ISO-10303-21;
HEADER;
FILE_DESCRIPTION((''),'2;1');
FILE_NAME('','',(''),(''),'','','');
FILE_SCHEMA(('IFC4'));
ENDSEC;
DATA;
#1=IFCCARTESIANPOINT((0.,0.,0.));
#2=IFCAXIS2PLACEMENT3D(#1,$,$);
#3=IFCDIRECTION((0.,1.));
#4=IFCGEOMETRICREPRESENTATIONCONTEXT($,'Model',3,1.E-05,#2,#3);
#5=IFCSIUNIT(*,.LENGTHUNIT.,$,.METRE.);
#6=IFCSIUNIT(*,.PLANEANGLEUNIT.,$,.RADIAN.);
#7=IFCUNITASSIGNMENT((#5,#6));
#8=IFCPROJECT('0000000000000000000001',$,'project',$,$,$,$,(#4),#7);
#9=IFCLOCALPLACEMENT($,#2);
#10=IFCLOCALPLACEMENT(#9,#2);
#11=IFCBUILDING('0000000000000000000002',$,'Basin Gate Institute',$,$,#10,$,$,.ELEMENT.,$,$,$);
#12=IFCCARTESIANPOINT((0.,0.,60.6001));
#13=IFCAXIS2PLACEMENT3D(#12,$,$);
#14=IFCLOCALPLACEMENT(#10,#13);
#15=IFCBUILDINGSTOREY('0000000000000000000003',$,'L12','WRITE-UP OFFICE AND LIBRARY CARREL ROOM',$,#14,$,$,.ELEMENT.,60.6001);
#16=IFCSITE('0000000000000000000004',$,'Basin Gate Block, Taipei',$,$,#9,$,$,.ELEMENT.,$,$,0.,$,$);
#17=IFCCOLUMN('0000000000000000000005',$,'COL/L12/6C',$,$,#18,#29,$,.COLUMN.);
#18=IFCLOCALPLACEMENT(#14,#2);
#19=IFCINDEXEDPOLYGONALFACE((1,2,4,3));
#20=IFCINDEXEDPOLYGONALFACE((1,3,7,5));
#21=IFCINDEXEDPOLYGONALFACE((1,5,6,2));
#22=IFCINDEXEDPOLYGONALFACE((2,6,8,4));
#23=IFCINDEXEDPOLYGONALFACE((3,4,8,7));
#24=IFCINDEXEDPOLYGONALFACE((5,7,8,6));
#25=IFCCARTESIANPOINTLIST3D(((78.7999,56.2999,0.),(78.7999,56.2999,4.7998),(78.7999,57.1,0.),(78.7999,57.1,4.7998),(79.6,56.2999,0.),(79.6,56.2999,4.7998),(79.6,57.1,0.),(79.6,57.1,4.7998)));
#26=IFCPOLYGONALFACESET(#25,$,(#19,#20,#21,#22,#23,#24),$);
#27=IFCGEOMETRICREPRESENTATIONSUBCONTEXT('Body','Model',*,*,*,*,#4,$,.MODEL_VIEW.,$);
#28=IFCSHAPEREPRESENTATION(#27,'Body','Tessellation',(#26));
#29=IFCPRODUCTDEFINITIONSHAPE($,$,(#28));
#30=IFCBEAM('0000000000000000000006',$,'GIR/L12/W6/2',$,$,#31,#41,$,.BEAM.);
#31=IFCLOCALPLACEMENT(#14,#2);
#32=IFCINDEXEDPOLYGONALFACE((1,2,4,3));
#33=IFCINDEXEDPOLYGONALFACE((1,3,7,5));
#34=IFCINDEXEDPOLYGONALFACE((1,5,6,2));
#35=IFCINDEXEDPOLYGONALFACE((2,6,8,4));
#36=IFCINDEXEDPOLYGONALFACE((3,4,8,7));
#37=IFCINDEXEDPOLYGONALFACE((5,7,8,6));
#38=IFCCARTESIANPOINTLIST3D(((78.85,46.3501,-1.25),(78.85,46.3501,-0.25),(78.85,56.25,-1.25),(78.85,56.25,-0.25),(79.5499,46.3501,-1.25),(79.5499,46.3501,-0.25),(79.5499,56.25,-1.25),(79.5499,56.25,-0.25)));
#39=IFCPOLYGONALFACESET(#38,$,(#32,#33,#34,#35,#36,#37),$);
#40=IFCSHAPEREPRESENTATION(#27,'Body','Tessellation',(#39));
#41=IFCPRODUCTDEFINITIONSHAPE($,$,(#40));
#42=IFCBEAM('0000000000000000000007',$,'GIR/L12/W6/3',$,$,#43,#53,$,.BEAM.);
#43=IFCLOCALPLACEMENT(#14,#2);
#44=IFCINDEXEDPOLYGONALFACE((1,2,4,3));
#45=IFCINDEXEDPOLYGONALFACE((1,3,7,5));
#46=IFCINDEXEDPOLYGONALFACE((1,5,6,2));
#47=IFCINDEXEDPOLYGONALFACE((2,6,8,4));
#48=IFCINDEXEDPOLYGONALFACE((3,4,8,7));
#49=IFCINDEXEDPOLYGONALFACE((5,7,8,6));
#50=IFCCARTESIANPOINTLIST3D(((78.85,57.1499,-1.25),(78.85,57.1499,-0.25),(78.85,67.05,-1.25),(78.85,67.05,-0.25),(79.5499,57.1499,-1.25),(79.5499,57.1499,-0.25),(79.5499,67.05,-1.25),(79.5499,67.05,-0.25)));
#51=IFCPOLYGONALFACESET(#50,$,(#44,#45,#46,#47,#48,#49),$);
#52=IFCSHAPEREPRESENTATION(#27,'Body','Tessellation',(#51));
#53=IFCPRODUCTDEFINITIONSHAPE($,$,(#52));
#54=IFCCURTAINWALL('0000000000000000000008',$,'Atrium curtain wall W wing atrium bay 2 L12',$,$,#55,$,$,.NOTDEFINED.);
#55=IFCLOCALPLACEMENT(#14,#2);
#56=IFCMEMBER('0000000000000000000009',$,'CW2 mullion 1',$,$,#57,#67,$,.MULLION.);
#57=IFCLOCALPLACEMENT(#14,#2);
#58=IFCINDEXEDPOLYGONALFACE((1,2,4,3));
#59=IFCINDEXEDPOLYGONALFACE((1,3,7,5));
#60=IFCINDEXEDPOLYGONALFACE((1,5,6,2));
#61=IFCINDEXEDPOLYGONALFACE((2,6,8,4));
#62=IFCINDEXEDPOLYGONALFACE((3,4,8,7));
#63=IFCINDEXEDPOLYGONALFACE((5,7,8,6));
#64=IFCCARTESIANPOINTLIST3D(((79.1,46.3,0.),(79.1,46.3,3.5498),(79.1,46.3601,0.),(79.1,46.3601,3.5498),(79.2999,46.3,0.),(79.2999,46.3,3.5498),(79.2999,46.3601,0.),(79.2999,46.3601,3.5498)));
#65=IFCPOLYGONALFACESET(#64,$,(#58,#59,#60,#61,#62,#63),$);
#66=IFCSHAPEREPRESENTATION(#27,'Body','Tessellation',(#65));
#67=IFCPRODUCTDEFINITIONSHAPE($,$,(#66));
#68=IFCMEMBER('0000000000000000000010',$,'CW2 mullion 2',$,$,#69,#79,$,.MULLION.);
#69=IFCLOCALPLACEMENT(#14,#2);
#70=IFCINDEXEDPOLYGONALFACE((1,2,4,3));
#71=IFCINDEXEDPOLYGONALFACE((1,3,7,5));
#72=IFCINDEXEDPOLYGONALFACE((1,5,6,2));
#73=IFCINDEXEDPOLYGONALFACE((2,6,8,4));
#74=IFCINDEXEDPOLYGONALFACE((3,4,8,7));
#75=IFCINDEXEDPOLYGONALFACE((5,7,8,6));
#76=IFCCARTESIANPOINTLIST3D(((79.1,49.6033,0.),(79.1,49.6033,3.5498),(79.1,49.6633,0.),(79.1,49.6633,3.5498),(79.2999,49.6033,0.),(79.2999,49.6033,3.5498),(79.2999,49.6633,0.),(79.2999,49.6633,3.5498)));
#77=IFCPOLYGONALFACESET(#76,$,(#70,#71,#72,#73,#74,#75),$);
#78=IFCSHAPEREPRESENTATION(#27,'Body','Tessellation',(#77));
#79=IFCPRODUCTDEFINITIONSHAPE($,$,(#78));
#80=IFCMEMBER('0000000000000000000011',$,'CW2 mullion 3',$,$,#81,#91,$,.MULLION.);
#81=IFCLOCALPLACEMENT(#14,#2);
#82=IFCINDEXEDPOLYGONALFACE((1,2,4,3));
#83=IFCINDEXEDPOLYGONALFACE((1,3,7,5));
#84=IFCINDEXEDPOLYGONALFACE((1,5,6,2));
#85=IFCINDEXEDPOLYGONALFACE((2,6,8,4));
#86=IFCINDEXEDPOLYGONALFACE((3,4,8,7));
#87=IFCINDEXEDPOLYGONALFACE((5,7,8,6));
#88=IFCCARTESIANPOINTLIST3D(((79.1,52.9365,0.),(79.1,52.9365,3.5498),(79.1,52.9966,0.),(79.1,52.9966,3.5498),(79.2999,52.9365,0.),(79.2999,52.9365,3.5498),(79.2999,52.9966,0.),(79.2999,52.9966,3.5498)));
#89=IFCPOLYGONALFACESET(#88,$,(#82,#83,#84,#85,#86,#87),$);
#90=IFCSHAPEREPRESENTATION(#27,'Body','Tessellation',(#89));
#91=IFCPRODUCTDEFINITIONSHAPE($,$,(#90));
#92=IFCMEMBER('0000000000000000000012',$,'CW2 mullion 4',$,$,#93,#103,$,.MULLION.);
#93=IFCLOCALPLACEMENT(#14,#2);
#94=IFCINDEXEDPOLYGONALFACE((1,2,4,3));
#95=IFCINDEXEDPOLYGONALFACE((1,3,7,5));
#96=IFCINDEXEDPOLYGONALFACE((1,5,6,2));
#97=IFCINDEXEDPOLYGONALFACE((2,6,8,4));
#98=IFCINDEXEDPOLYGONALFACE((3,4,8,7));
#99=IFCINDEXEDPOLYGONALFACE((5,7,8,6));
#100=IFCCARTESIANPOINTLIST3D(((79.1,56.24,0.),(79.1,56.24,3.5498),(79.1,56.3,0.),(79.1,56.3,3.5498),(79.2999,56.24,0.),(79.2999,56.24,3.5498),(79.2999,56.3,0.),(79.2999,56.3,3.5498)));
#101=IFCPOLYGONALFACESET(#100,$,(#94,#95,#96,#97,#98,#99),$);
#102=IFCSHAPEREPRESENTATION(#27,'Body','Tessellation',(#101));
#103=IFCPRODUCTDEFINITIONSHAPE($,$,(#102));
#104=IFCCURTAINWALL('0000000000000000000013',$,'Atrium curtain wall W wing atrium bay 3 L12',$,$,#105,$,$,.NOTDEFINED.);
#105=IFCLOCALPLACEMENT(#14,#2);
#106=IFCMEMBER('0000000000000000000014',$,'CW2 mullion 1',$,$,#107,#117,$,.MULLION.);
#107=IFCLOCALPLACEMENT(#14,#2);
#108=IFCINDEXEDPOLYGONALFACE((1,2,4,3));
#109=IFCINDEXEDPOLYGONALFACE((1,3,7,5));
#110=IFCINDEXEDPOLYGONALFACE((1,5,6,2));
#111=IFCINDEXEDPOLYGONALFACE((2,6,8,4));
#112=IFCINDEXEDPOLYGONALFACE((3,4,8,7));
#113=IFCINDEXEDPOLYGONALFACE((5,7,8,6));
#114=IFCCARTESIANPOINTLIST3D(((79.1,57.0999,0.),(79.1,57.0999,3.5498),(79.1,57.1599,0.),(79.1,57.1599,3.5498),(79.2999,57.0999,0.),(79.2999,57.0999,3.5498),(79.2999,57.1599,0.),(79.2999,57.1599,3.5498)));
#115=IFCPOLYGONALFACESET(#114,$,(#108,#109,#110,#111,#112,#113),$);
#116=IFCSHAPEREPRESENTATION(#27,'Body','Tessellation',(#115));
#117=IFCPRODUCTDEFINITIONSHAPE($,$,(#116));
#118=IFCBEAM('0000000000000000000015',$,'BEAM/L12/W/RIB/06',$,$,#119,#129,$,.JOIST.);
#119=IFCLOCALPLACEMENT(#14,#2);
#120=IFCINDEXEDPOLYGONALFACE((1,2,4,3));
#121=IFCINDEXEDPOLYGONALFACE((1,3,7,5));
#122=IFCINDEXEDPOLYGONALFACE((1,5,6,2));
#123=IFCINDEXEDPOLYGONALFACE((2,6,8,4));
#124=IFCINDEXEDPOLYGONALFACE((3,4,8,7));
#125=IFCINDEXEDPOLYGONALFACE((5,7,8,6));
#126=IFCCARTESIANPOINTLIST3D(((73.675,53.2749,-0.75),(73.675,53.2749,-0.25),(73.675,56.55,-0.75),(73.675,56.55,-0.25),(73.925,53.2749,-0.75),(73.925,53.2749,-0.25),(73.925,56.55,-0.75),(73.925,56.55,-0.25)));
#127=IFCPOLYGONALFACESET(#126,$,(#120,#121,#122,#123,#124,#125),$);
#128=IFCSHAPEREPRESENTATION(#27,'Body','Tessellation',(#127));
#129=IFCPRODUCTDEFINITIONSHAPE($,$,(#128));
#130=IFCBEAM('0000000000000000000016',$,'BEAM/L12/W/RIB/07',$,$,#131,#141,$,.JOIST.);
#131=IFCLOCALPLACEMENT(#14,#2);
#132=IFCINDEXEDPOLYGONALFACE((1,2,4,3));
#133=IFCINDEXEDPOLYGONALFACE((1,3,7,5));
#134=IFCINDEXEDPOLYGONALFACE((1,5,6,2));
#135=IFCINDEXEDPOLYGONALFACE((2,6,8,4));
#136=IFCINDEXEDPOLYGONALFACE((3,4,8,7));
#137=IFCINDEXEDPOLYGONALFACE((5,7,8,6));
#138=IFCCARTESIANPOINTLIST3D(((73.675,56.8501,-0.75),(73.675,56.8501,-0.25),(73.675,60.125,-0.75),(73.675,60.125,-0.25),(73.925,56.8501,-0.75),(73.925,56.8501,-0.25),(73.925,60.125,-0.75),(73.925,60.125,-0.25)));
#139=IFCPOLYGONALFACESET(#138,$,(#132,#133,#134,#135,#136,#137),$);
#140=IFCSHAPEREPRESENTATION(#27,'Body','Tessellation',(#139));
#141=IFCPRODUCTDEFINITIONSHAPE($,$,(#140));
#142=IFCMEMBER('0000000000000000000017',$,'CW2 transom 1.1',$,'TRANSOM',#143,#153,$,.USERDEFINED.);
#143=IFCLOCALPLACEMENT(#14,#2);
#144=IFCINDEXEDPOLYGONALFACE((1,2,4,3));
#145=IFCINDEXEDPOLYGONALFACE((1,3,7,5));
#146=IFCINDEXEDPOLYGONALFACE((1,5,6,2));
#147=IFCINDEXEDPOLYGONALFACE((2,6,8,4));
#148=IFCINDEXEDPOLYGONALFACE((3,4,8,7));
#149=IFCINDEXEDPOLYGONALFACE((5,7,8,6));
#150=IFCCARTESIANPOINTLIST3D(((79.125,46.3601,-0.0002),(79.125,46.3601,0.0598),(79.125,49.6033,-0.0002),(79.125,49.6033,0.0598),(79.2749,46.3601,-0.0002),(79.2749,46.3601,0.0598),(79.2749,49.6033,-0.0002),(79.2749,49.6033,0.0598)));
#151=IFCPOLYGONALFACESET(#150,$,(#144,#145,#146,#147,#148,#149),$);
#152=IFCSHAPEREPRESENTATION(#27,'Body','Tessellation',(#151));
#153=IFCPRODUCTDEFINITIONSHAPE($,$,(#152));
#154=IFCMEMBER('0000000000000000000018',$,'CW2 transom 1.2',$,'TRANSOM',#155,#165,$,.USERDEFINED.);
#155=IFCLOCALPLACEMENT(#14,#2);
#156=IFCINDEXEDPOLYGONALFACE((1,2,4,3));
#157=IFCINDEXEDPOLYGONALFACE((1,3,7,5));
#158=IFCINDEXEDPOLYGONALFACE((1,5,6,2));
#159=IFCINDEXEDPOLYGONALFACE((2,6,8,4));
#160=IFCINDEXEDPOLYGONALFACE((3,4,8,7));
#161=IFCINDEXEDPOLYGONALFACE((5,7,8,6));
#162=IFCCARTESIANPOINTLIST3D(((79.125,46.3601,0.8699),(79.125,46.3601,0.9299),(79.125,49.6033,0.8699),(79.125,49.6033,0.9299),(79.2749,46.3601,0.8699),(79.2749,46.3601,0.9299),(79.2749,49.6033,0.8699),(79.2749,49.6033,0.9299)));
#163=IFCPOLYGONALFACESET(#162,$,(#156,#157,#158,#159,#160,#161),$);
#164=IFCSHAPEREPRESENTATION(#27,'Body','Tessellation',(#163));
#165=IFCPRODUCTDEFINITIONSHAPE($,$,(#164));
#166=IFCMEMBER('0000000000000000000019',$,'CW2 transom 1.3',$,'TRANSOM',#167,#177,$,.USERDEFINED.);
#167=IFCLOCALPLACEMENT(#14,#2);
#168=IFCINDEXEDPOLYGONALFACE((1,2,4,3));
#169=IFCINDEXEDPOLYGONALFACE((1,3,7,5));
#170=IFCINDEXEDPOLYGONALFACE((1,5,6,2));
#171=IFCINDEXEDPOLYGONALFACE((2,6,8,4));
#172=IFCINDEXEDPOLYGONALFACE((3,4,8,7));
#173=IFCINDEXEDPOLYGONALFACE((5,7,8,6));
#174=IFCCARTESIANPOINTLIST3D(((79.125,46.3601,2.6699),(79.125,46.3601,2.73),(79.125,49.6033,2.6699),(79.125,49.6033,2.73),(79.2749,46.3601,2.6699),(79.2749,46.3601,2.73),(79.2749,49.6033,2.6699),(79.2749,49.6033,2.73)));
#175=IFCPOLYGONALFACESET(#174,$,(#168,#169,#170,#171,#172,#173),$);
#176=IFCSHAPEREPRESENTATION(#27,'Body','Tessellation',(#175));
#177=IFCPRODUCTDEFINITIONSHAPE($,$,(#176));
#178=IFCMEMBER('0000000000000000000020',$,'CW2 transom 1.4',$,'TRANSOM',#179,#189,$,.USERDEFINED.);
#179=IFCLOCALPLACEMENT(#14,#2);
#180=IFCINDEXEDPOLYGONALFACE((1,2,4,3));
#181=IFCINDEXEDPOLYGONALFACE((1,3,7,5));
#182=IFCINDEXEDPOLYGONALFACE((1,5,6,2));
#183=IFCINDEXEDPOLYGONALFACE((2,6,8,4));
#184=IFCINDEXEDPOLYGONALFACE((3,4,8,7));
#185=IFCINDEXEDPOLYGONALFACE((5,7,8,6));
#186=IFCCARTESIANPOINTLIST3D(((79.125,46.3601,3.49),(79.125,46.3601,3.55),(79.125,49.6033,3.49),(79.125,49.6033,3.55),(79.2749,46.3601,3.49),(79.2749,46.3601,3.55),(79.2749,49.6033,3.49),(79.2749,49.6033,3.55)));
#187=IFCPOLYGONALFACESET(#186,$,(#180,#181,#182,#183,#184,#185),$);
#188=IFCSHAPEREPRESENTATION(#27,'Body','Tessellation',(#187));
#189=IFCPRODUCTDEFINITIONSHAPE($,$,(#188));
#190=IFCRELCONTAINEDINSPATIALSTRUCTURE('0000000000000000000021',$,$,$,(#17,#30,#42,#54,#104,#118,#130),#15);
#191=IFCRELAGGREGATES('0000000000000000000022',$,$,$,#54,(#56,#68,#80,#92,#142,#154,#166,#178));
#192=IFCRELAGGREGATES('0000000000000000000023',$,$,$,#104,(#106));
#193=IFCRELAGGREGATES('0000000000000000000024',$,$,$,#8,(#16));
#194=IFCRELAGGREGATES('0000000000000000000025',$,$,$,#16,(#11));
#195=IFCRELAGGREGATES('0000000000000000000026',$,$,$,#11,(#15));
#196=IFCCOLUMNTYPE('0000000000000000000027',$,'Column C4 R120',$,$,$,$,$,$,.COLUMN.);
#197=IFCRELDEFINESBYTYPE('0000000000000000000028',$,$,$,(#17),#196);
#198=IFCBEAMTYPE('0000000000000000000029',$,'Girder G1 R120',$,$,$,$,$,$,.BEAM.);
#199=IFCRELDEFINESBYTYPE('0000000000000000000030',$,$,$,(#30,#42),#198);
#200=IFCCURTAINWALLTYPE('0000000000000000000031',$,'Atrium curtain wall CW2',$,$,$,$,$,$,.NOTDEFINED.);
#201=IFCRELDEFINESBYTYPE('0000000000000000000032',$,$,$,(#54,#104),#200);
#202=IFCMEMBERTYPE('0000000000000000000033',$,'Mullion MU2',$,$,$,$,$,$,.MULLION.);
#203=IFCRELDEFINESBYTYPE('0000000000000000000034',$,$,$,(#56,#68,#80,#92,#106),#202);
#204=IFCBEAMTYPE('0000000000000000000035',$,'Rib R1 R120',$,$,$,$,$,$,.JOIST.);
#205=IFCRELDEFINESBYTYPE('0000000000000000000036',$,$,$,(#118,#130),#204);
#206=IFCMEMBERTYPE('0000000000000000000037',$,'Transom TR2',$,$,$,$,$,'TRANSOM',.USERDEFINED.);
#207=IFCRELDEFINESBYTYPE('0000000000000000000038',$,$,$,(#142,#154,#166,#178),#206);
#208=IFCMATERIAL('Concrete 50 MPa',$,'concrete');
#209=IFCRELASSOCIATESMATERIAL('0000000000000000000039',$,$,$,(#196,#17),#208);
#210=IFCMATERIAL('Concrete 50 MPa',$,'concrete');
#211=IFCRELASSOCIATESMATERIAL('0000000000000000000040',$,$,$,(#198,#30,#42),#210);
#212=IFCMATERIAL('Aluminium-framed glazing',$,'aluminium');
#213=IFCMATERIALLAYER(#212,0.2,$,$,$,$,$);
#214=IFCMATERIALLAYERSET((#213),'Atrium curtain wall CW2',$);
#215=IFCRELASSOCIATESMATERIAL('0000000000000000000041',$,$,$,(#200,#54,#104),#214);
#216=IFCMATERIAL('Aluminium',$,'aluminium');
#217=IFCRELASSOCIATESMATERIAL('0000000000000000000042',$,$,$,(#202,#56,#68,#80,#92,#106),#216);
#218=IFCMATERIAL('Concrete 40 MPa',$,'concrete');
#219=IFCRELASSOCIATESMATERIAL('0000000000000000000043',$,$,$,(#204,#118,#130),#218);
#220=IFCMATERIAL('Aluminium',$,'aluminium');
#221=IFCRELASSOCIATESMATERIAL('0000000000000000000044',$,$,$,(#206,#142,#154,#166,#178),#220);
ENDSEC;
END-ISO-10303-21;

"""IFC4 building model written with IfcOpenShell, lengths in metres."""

from ifc_helpers import new_model, si_unit, direction, frame, origin, origin_2d, place, context, subcontext, project, spatial, rectangle, extrude, material, layer, layer_set, material_profile, profile_set, type_object, element, aggregate, save


model = new_model("IFC4")

# Units and contexts
model_context = context("Model", 3, precision=1e-05, world=origin(), true_north=direction((0.0, 1.0)))
body_context = subcontext(model_context, "Body", "Model", "MODEL_VIEW")
ifc_project = project(units=[si_unit("LENGTHUNIT", "METRE"), si_unit("PLANEANGLEUNIT", "RADIAN")], contexts=[model_context])

# Site, building, storey
site_placement = place(None, origin())
site = spatial("IfcSite", under=ifc_project, at=site_placement, Name="Basin Gate Block, Taipei", CompositionType="ELEMENT", RefElevation=0.0)
building_placement = place(site_placement, origin())
building = spatial("IfcBuilding", under=site, at=building_placement, Name="Basin Gate Institute", CompositionType="ELEMENT")
storey_placement = place(building_placement, frame((0.0, 0.0, 60.6001)))
storey = spatial("IfcBuildingStorey", under=building, at=storey_placement, Name="L12", Description="WRITE-UP OFFICE AND LIBRARY CARREL ROOM", CompositionType="ELEMENT", Elevation=60.6001)

# Column
ifc_material_1 = material(Name="Concrete 50 MPa", Category="concrete")
ifc_material_profile_1 = material_profile(ifc_material_1, rectangle(XDim=0.8, YDim=0.8, at=origin_2d()), Name="Column C4 800 x 800")
ifc_profile_set_1 = profile_set([ifc_material_profile_1], Name="Concrete 50 MPa")
column_type = type_object("IfcColumnType", Name="Column C4 R120", PredefinedType="COLUMN", material=ifc_profile_set_1)
column_placement = place(storey_placement, frame((79.2, 56.7, 0.0), z_axis=(0.0, 0.0, 1.0), x_axis=(1.0, 0.0, 0.0)))
element("IfcColumn", 1, at=column_placement, inside=storey, type_object=column_type, material=ifc_profile_set_1, Name="COL/L12/6C", PredefinedType="COLUMN", context=body_context, shape_type="SweptSolid", body=[
    extrude(rectangle(XDim=0.8, YDim=0.8, at=origin_2d()), origin(), (0.0, 0.0, 1.0), 4.7998),
])

# Beams
ifc_material_2 = material(Name="Concrete 50 MPa", Category="concrete")
ifc_material_profile_2 = material_profile(ifc_material_2, rectangle(XDim=0.7, YDim=1.0, at=origin_2d()), Name="Girder G1 700 x 1000")
ifc_profile_set_2 = profile_set([ifc_material_profile_2], Name="Concrete 50 MPa")
beam_type_1 = type_object("IfcBeamType", Name="Girder G1 R120", PredefinedType="BEAM", material=ifc_profile_set_2)
beam_1_placement = place(storey_placement, frame((79.2, 46.3501, -0.75), z_axis=(0.0, 1.0, 0.0), x_axis=(-1.0, 0.0, 0.0)))
element("IfcBeam", 2, at=beam_1_placement, inside=storey, type_object=beam_type_1, material=ifc_profile_set_2, Name="GIR/L12/W6/2", PredefinedType="BEAM", context=body_context, shape_type="SweptSolid", body=[
    extrude(rectangle(XDim=0.7, YDim=1.0, at=origin_2d()), origin(), (0.0, 0.0, 1.0), 9.8999),
])
beam_2_placement = place(storey_placement, frame((79.2, 57.1499, -0.75), z_axis=(0.0, 1.0, 0.0), x_axis=(-1.0, 0.0, 0.0)))
element("IfcBeam", 3, at=beam_2_placement, inside=storey, type_object=beam_type_1, material=ifc_profile_set_2, Name="GIR/L12/W6/3", PredefinedType="BEAM", context=body_context, shape_type="SweptSolid", body=[
    extrude(rectangle(XDim=0.7, YDim=1.0, at=origin_2d()), origin(), (0.0, 0.0, 1.0), 9.9001),
])

# Curtain wall, members
ifc_material_3 = material(Name="Aluminium-framed glazing", Category="aluminium")
ifc_layer_1 = layer(ifc_material_3, 0.2)
ifc_layer_set_1 = layer_set([ifc_layer_1], Name="Atrium curtain wall CW2")
curtain_wall_type = type_object("IfcCurtainWallType", Name="Atrium curtain wall CW2", PredefinedType="NOTDEFINED", material=ifc_layer_set_1)
curtain_wall_1_placement = place(storey_placement, origin())
curtain_wall_1 = element("IfcCurtainWall", 4, at=curtain_wall_1_placement, inside=storey, type_object=curtain_wall_type, material=ifc_layer_set_1, Name="Atrium curtain wall W wing atrium bay 2 L12", PredefinedType="NOTDEFINED")
ifc_material_4 = material(Name="Aluminium", Category="aluminium")
ifc_material_profile_3 = material_profile(ifc_material_4, rectangle(XDim=0.2, YDim=0.0601, at=origin_2d()), Name="Mullion MU2 200 x 60")
ifc_profile_set_3 = profile_set([ifc_material_profile_3], Name="Aluminium")
member_type_1 = type_object("IfcMemberType", Name="Mullion MU2", PredefinedType="MULLION", material=ifc_profile_set_3)
member_1_placement = place(storey_placement, frame((79.2, 46.3301, 0.0), z_axis=(0.0, 0.0, 1.0), x_axis=(-1.0, 0.0, 0.0)))
member_1 = element("IfcMember", 5, at=member_1_placement, type_object=member_type_1, material=ifc_profile_set_3, Name="CW2 mullion 1", PredefinedType="MULLION", context=body_context, shape_type="SweptSolid", body=[
    extrude(rectangle(XDim=0.2, YDim=0.0601, at=origin_2d()), origin(), (0.0, 0.0, 1.0), 3.5498),
])
member_2_placement = place(storey_placement, frame((79.2, 49.6333, 0.0), z_axis=(0.0, 0.0, 1.0), x_axis=(-1.0, 0.0, 0.0)))
member_2 = element("IfcMember", 6, at=member_2_placement, type_object=member_type_1, material=ifc_profile_set_3, Name="CW2 mullion 2", PredefinedType="MULLION", context=body_context, shape_type="SweptSolid", body=[
    extrude(rectangle(XDim=0.2, YDim=0.0601, at=origin_2d()), origin(), (0.0, 0.0, 1.0), 3.5498),
])
member_3_placement = place(storey_placement, frame((79.2, 52.9666, 0.0), z_axis=(0.0, 0.0, 1.0), x_axis=(-1.0, 0.0, 0.0)))
member_3 = element("IfcMember", 7, at=member_3_placement, type_object=member_type_1, material=ifc_profile_set_3, Name="CW2 mullion 3", PredefinedType="MULLION", context=body_context, shape_type="SweptSolid", body=[
    extrude(rectangle(XDim=0.2, YDim=0.0601, at=origin_2d()), origin(), (0.0, 0.0, 1.0), 3.5498),
])
member_4_placement = place(storey_placement, frame((79.2, 56.27, 0.0), z_axis=(0.0, 0.0, 1.0), x_axis=(-1.0, 0.0, 0.0)))
member_4 = element("IfcMember", 8, at=member_4_placement, type_object=member_type_1, material=ifc_profile_set_3, Name="CW2 mullion 4", PredefinedType="MULLION", context=body_context, shape_type="SweptSolid", body=[
    extrude(rectangle(XDim=0.2, YDim=0.0601, at=origin_2d()), origin(), (0.0, 0.0, 1.0), 3.5498),
])

# Curtain wall, member
curtain_wall_2_placement = place(storey_placement, origin())
curtain_wall_2 = element("IfcCurtainWall", 9, at=curtain_wall_2_placement, inside=storey, type_object=curtain_wall_type, material=ifc_layer_set_1, Name="Atrium curtain wall W wing atrium bay 3 L12", PredefinedType="NOTDEFINED")
member_5_placement = place(storey_placement, frame((79.2, 57.1299, 0.0), z_axis=(0.0, 0.0, 1.0), x_axis=(-1.0, 0.0, 0.0)))
member_5 = element("IfcMember", 10, at=member_5_placement, type_object=member_type_1, material=ifc_profile_set_3, Name="CW2 mullion 1", PredefinedType="MULLION", context=body_context, shape_type="SweptSolid", body=[
    extrude(rectangle(XDim=0.2, YDim=0.0601, at=origin_2d()), origin(), (0.0, 0.0, 1.0), 3.5498),
])

# Beams
ifc_material_5 = material(Name="Concrete 40 MPa", Category="concrete")
ifc_material_profile_4 = material_profile(ifc_material_5, rectangle(XDim=0.25, YDim=0.5, at=origin_2d()), Name="Rib R1 250 x 500")
ifc_profile_set_4 = profile_set([ifc_material_profile_4], Name="Concrete 40 MPa")
beam_type_2 = type_object("IfcBeamType", Name="Rib R1 R120", PredefinedType="JOIST", material=ifc_profile_set_4)
beam_3_placement = place(storey_placement, frame((73.8, 53.2749, -0.5), z_axis=(0.0, 1.0, 0.0), x_axis=(-1.0, 0.0, 0.0)))
element("IfcBeam", 11, at=beam_3_placement, inside=storey, type_object=beam_type_2, material=ifc_profile_set_4, Name="BEAM/L12/W/RIB/06", PredefinedType="JOIST", context=body_context, shape_type="SweptSolid", body=[
    extrude(rectangle(XDim=0.25, YDim=0.5, at=origin_2d()), origin(), (0.0, 0.0, 1.0), 3.2751),
])
beam_4_placement = place(storey_placement, frame((73.8, 56.8501, -0.5), z_axis=(0.0, 1.0, 0.0), x_axis=(-1.0, 0.0, 0.0)))
element("IfcBeam", 12, at=beam_4_placement, inside=storey, type_object=beam_type_2, material=ifc_profile_set_4, Name="BEAM/L12/W/RIB/07", PredefinedType="JOIST", context=body_context, shape_type="SweptSolid", body=[
    extrude(rectangle(XDim=0.25, YDim=0.5, at=origin_2d()), origin(), (0.0, 0.0, 1.0), 3.2749),
])

# Members
ifc_material_6 = material(Name="Aluminium", Category="aluminium")
ifc_material_profile_5 = material_profile(ifc_material_6, rectangle(XDim=0.1499, YDim=0.0601, at=origin_2d()), Name="Transom TR2 150 x 60")
ifc_profile_set_5 = profile_set([ifc_material_profile_5], Name="Aluminium")
member_type_2 = type_object("IfcMemberType", Name="Transom TR2", ElementType="TRANSOM", PredefinedType="USERDEFINED", material=ifc_profile_set_5)
member_6_placement = place(storey_placement, frame((79.2, 46.3601, 0.0298), z_axis=(0.0, 1.0, 0.0), x_axis=(-1.0, 0.0, 0.0)))
member_6 = element("IfcMember", 13, at=member_6_placement, type_object=member_type_2, material=ifc_profile_set_5, Name="CW2 transom 1.1", ObjectType="TRANSOM", PredefinedType="USERDEFINED", context=body_context, shape_type="SweptSolid", body=[
    extrude(rectangle(XDim=0.1499, YDim=0.0601, at=origin_2d()), origin(), (0.0, 0.0, 1.0), 3.2432),
])
member_7_placement = place(storey_placement, frame((79.2, 46.3601, 0.8999), z_axis=(0.0, 1.0, 0.0), x_axis=(-1.0, 0.0, 0.0)))
member_7 = element("IfcMember", 14, at=member_7_placement, type_object=member_type_2, material=ifc_profile_set_5, Name="CW2 transom 1.2", ObjectType="TRANSOM", PredefinedType="USERDEFINED", context=body_context, shape_type="SweptSolid", body=[
    extrude(rectangle(XDim=0.1499, YDim=0.0601, at=origin_2d()), origin(), (0.0, 0.0, 1.0), 3.2432),
])
member_8_placement = place(storey_placement, frame((79.2, 46.3601, 2.7), z_axis=(0.0, 1.0, 0.0), x_axis=(-1.0, 0.0, 0.0)))
member_8 = element("IfcMember", 15, at=member_8_placement, type_object=member_type_2, material=ifc_profile_set_5, Name="CW2 transom 1.3", ObjectType="TRANSOM", PredefinedType="USERDEFINED", context=body_context, shape_type="SweptSolid", body=[
    extrude(rectangle(XDim=0.1499, YDim=0.0601, at=origin_2d()), origin(), (0.0, 0.0, 1.0), 3.2432),
])
member_9_placement = place(storey_placement, frame((79.2, 46.3601, 3.52), z_axis=(0.0, 1.0, 0.0), x_axis=(-1.0, 0.0, 0.0)))
member_9 = element("IfcMember", 16, at=member_9_placement, type_object=member_type_2, material=ifc_profile_set_5, Name="CW2 transom 1.4", ObjectType="TRANSOM", PredefinedType="USERDEFINED", context=body_context, shape_type="SweptSolid", body=[
    extrude(rectangle(XDim=0.1499, YDim=0.0601, at=origin_2d()), origin(), (0.0, 0.0, 1.0), 3.2432),
])

aggregate(curtain_wall_1, [member_1, member_2, member_3, member_4, member_6, member_7, member_8, member_9])
aggregate(curtain_wall_2, [member_5])

save(model, "model.ifc")
